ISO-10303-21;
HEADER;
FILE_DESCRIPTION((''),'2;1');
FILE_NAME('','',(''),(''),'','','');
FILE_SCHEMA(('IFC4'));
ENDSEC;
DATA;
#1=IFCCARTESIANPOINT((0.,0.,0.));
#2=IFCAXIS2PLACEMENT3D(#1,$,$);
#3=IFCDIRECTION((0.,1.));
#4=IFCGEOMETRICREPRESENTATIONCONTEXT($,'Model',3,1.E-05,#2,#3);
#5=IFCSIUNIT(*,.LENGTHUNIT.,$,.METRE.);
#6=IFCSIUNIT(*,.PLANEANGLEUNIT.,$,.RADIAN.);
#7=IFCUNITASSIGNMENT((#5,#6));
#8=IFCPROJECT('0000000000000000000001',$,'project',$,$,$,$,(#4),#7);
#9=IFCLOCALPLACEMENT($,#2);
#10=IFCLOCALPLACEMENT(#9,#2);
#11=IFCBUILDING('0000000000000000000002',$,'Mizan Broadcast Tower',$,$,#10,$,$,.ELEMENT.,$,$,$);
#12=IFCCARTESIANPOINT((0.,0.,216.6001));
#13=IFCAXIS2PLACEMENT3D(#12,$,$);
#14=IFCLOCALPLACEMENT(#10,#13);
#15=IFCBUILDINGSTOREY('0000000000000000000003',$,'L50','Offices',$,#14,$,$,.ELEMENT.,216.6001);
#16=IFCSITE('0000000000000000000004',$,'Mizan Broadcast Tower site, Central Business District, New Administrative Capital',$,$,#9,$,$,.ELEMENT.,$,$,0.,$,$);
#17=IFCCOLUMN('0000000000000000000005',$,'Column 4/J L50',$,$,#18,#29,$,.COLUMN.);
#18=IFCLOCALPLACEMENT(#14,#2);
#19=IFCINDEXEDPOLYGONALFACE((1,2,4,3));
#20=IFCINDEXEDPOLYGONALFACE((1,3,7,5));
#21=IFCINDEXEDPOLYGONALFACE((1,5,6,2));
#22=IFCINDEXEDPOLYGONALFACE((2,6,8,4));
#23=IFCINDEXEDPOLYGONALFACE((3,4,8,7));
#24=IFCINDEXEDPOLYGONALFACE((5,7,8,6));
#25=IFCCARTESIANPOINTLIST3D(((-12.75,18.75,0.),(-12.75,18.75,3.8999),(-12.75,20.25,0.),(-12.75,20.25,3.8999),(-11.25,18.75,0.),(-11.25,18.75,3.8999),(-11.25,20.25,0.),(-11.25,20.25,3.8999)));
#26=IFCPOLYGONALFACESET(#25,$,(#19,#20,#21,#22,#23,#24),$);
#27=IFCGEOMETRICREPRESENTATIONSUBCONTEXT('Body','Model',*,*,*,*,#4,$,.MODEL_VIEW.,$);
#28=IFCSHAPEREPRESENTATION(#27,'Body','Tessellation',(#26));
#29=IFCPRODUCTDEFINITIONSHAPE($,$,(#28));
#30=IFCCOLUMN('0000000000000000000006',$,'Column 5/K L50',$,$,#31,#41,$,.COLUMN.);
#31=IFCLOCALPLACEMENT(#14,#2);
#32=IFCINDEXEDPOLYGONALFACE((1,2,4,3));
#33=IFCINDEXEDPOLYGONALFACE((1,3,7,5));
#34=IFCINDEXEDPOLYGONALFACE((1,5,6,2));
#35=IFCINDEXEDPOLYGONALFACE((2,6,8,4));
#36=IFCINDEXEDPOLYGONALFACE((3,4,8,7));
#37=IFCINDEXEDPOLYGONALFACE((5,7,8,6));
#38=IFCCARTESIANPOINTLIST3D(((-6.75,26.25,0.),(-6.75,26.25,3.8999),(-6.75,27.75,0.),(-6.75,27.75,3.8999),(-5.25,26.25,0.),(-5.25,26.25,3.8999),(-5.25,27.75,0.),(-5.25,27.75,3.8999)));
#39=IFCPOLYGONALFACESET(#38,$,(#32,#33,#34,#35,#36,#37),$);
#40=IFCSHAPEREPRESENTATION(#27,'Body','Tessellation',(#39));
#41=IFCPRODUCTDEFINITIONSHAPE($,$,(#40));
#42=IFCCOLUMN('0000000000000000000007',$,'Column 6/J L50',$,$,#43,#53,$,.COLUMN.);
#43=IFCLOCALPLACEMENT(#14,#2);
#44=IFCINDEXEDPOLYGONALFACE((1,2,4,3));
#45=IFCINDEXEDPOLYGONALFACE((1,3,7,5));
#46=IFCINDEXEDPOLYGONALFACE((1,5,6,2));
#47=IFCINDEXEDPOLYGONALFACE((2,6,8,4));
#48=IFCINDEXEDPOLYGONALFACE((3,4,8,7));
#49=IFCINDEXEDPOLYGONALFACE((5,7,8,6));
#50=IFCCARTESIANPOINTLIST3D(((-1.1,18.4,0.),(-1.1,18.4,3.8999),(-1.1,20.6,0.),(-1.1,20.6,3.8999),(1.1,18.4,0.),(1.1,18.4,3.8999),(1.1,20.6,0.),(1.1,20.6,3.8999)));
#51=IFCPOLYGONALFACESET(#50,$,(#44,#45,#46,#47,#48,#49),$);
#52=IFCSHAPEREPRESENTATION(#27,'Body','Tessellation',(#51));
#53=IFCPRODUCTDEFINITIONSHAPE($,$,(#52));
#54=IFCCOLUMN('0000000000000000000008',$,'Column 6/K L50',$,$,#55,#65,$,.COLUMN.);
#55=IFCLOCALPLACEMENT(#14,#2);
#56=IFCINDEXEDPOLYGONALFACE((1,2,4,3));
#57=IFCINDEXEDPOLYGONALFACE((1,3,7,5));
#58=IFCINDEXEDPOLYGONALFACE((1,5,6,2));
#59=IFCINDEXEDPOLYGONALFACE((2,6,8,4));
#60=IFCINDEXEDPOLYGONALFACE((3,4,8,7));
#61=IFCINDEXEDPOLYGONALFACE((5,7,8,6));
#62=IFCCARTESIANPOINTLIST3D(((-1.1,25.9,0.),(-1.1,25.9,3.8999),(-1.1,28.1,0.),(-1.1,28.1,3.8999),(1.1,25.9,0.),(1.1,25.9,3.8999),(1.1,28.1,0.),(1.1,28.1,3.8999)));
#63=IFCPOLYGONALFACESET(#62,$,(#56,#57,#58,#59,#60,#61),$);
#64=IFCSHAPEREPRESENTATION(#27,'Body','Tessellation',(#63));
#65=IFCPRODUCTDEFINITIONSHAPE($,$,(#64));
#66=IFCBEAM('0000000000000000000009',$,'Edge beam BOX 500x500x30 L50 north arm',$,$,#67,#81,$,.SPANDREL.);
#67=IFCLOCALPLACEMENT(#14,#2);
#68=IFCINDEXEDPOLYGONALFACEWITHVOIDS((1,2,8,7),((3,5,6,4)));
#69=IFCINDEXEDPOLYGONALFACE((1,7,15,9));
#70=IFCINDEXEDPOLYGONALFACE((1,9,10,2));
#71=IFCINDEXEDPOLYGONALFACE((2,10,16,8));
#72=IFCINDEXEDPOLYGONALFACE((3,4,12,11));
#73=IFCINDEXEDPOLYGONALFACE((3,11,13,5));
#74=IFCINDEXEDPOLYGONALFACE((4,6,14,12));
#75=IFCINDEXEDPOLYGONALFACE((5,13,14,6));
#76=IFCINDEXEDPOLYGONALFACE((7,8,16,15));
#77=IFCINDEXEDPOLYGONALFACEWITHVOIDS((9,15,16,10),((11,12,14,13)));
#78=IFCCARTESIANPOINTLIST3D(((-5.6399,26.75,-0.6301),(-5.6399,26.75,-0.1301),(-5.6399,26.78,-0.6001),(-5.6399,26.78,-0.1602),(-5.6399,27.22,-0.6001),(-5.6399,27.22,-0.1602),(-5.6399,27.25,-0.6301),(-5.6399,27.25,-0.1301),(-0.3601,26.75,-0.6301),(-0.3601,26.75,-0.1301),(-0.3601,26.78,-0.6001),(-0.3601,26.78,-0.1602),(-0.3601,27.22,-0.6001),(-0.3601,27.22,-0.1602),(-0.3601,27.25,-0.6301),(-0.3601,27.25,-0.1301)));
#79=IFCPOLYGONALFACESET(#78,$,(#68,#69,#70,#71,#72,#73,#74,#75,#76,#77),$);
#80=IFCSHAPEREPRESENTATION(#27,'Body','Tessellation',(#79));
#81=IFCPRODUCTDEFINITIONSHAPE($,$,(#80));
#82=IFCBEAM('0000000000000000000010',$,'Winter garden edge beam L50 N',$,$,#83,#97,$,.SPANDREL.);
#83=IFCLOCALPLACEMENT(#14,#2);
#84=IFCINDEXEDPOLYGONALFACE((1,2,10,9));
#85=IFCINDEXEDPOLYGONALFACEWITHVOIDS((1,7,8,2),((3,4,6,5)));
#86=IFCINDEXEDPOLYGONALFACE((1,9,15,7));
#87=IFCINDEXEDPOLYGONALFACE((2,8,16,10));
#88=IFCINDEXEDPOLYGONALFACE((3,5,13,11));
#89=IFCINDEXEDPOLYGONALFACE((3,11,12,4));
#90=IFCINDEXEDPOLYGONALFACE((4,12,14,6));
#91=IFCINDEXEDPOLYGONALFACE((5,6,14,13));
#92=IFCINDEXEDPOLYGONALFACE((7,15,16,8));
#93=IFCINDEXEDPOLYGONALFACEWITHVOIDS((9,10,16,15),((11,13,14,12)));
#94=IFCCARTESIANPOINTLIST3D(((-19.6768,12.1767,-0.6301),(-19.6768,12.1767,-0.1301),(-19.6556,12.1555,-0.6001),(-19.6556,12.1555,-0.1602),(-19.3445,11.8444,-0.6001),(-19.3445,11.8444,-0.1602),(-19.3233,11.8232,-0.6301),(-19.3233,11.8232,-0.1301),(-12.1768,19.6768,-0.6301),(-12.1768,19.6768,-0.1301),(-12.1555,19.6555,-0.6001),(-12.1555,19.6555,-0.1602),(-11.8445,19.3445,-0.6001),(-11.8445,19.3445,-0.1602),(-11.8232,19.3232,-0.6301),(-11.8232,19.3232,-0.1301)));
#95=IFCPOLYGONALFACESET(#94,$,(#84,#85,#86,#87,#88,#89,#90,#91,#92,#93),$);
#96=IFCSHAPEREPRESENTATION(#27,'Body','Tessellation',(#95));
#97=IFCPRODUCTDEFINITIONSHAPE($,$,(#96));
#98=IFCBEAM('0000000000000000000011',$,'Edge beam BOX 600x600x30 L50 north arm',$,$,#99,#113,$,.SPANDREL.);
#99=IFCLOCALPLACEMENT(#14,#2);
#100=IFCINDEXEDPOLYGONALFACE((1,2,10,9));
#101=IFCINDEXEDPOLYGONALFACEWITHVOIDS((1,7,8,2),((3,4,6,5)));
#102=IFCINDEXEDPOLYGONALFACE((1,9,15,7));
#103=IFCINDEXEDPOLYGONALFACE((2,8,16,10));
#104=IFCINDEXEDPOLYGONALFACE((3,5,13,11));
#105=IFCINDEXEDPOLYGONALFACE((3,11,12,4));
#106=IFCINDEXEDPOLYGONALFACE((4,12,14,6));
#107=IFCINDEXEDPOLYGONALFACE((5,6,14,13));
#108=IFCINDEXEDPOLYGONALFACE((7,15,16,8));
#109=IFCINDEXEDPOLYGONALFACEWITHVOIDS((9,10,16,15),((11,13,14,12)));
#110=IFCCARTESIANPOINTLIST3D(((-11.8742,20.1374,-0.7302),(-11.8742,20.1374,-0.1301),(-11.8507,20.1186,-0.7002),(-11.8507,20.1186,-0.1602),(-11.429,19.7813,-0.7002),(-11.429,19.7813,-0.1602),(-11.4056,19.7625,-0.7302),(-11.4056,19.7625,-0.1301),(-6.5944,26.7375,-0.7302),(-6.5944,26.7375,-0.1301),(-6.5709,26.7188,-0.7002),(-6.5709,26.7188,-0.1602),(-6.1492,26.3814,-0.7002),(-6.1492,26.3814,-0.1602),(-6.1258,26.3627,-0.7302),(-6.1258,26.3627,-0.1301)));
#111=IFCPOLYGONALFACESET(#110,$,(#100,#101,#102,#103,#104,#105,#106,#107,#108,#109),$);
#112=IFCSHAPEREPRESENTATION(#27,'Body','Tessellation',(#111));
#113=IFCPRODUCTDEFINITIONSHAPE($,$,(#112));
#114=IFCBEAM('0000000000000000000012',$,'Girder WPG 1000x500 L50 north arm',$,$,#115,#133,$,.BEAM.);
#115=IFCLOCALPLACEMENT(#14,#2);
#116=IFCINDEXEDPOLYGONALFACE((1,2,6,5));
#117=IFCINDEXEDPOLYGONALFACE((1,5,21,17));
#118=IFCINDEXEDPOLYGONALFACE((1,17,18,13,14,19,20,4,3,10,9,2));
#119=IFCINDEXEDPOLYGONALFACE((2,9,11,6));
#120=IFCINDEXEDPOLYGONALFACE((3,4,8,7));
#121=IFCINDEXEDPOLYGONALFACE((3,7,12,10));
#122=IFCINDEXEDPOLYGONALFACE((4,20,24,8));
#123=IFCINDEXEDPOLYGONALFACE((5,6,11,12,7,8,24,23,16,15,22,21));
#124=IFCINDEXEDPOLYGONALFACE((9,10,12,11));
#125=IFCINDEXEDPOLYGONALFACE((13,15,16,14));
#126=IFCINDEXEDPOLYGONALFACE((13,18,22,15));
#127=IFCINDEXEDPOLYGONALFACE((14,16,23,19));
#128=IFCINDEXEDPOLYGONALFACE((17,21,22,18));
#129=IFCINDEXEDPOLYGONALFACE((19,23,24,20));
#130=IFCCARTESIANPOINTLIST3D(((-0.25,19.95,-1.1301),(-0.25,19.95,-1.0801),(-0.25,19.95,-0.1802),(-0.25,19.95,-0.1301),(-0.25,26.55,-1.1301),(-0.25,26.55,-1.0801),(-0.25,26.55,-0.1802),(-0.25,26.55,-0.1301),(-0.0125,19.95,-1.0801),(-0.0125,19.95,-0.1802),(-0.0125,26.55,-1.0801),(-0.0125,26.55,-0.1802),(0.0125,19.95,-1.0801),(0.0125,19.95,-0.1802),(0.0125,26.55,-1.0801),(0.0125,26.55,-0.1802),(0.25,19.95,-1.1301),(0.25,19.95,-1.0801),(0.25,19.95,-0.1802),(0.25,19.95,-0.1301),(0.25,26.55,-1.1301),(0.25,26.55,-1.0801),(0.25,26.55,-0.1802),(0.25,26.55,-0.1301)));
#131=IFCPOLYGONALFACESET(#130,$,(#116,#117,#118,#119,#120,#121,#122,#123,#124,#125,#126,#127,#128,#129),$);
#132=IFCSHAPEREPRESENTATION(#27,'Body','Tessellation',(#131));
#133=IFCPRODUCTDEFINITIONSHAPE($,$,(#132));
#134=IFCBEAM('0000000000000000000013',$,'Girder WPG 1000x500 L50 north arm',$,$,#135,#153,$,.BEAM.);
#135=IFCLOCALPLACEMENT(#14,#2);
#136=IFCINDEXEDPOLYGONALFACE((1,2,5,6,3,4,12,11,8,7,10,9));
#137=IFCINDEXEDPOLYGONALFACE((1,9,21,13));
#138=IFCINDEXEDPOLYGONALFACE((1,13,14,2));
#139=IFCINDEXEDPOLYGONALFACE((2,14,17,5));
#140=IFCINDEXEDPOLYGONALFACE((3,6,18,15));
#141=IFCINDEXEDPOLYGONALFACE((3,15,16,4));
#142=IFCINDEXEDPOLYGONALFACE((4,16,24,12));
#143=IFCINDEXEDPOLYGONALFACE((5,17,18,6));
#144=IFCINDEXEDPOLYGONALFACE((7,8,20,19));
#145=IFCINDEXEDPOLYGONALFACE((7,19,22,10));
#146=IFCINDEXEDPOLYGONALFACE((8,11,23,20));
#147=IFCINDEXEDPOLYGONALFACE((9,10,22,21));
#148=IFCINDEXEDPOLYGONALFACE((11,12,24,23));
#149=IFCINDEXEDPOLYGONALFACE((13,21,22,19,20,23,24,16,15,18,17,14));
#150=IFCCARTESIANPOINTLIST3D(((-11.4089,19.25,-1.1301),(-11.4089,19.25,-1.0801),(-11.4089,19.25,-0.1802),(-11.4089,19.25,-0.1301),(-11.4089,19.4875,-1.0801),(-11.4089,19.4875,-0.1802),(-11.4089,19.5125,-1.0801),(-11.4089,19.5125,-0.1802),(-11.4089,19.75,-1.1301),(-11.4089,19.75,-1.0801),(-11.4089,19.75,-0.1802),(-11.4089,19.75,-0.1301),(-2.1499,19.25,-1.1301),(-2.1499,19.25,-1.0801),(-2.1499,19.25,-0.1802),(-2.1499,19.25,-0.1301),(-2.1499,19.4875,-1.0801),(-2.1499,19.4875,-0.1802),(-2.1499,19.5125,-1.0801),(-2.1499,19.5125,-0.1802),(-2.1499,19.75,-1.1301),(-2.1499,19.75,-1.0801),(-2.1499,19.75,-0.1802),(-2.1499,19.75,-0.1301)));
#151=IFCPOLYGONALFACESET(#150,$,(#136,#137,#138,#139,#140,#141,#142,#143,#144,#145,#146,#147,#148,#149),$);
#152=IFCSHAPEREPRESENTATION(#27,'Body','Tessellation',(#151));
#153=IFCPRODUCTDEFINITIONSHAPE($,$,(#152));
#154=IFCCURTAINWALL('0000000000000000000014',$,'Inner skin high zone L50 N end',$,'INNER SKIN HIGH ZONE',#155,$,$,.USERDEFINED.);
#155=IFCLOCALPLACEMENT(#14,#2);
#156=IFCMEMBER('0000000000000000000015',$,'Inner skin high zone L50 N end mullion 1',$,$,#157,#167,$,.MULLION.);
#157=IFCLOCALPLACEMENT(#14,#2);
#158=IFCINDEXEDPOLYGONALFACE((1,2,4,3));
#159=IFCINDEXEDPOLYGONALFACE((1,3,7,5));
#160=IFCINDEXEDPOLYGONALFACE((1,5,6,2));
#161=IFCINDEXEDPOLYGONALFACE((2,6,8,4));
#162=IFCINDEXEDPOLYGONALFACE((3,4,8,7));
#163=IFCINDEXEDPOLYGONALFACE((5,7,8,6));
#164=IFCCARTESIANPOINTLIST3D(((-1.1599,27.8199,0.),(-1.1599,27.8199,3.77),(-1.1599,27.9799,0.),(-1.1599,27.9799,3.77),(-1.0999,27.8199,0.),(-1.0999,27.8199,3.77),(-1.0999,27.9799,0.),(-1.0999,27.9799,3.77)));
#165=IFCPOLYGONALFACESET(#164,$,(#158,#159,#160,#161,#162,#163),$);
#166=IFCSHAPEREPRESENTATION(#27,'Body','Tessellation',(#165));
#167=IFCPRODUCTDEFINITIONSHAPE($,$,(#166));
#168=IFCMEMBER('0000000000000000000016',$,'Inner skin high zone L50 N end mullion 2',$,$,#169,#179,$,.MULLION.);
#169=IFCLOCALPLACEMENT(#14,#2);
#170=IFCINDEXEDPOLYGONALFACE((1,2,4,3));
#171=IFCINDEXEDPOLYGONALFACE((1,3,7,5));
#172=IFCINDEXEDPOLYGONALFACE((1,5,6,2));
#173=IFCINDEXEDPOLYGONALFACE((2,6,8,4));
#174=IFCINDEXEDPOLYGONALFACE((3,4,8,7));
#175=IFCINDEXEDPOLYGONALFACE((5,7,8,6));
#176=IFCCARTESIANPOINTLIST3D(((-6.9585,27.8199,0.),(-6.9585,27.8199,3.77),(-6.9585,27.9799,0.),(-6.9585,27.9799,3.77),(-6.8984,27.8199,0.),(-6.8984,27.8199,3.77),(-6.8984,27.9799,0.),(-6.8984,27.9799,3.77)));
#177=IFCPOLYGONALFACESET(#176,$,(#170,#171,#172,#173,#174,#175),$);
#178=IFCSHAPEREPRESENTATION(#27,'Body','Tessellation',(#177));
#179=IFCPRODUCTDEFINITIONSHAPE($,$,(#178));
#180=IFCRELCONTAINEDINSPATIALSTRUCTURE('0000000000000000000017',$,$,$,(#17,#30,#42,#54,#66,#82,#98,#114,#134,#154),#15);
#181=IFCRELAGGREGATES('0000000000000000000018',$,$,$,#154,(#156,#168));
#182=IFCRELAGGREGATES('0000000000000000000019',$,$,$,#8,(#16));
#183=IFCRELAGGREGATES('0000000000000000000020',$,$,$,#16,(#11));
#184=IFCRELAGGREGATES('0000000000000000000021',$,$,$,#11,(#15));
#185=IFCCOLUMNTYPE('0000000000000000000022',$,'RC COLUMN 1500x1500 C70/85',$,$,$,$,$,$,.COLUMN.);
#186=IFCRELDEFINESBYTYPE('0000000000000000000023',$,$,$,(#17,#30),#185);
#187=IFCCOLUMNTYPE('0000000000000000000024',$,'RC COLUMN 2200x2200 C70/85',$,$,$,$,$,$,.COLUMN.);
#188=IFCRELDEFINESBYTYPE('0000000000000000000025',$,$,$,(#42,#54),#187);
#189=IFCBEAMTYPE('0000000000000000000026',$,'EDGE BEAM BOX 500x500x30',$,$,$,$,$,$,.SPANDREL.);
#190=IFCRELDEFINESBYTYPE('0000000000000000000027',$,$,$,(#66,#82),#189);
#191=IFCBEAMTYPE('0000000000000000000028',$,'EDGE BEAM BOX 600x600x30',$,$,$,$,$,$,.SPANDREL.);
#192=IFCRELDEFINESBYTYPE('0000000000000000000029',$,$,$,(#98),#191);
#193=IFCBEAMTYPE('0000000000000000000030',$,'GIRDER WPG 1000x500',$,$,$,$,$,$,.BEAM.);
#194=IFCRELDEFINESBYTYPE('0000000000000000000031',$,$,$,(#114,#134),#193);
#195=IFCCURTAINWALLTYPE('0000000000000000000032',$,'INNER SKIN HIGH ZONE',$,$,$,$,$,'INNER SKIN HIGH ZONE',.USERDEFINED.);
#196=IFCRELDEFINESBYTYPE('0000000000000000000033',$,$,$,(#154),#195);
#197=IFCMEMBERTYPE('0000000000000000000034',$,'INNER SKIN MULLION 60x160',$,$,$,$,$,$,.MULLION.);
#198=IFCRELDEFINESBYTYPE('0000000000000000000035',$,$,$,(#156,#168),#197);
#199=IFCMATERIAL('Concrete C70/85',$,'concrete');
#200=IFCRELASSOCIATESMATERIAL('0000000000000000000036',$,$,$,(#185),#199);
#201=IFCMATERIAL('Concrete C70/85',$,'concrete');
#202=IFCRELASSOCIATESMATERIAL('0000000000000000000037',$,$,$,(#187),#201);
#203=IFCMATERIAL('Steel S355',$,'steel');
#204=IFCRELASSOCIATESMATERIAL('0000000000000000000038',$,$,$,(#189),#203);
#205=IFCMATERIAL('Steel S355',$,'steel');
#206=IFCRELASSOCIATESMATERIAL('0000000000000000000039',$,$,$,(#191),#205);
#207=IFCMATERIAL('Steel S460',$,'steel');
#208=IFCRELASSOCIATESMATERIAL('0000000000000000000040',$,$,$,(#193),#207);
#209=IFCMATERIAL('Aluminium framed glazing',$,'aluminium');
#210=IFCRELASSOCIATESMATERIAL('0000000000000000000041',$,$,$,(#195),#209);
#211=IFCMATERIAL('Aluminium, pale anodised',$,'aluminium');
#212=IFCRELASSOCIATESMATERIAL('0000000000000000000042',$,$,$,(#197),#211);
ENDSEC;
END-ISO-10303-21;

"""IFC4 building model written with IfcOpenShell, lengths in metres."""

from ifc_helpers import new_model, si_unit, direction, frame, origin, origin_2d, place, context, subcontext, project, spatial, rectangle, hollow_rectangle, i_section, extrude, material, material_profile, profile_set, type_object, element, aggregate, save


model = new_model("IFC4")

# Units and contexts
model_context = context("Model", 3, precision=1e-05, world=origin(), true_north=direction((0.0, 1.0)))
body_context = subcontext(model_context, "Body", "Model", "MODEL_VIEW")
ifc_project = project(units=[si_unit("LENGTHUNIT", "METRE"), si_unit("PLANEANGLEUNIT", "RADIAN")], contexts=[model_context])

# Site, building, storey
site_placement = place(None, origin())
site = spatial("IfcSite", under=ifc_project, at=site_placement, Name="Mizan Broadcast Tower site, Central Business District, New Administrative Capital", CompositionType="ELEMENT", RefElevation=0.0)
building_placement = place(site_placement, origin())
building = spatial("IfcBuilding", under=site, at=building_placement, Name="Mizan Broadcast Tower", CompositionType="ELEMENT")
storey_placement = place(building_placement, frame((0.0, 0.0, 216.6001)))
storey = spatial("IfcBuildingStorey", under=building, at=storey_placement, Name="L50", Description="Offices", CompositionType="ELEMENT", Elevation=216.6001)

# Columns
ifc_material_1 = material(Name="Concrete C70/85", Category="concrete")
ifc_material_profile_1 = material_profile(ifc_material_1, rectangle(XDim=1.5, YDim=1.5, at=origin_2d()), Name="RC 1500x1500")
ifc_profile_set_1 = profile_set([ifc_material_profile_1], Name="Concrete C70/85")
column_type_1 = type_object("IfcColumnType", Name="RC COLUMN 1500x1500 C70/85", PredefinedType="COLUMN", material=ifc_profile_set_1)
for number, where, z_axis, x_axis, name in (
    (1, (-12.0, 19.5, 0.0), (0.0, 0.0, 1.0), (1.0, 0.0, 0.0), "Column 4/J L50"),
    (2, (-6.0, 27.0, 0.0), (0.0, 0.0, 1.0), (1.0, 0.0, 0.0), "Column 5/K L50"),
):
    element("IfcColumn", number, at=place(storey_placement, frame(where, z_axis=z_axis, x_axis=x_axis)), inside=storey, type_object=column_type_1, Name=name, PredefinedType="COLUMN", context=body_context, shape_type="SweptSolid", body=[
        extrude(rectangle(XDim=1.5, YDim=1.5, at=origin_2d()), origin(), (0.0, 0.0, 1.0), 3.8999),
    ])
ifc_material_2 = material(Name="Concrete C70/85", Category="concrete")
ifc_material_profile_2 = material_profile(ifc_material_2, rectangle(XDim=2.2, YDim=2.2, at=origin_2d()), Name="RC 2200x2200")
ifc_profile_set_2 = profile_set([ifc_material_profile_2], Name="Concrete C70/85")
column_type_2 = type_object("IfcColumnType", Name="RC COLUMN 2200x2200 C70/85", PredefinedType="COLUMN", material=ifc_profile_set_2)
for number, where, z_axis, x_axis, name in (
    (3, (0.0, 19.5, 0.0), (0.0, 0.0, 1.0), (1.0, 0.0, 0.0), "Column 6/J L50"),
    (4, (0.0, 27.0, 0.0), (0.0, 0.0, 1.0), (1.0, 0.0, 0.0), "Column 6/K L50"),
):
    element("IfcColumn", number, at=place(storey_placement, frame(where, z_axis=z_axis, x_axis=x_axis)), inside=storey, type_object=column_type_2, Name=name, PredefinedType="COLUMN", context=body_context, shape_type="SweptSolid", body=[
        extrude(rectangle(XDim=2.2, YDim=2.2, at=origin_2d()), origin(), (0.0, 0.0, 1.0), 3.8999),
    ])

# Beams
ifc_material_3 = material(Name="Steel S355", Category="steel")
ifc_material_profile_3 = material_profile(ifc_material_3, hollow_rectangle(XDim=0.5, YDim=0.5, WallThickness=0.03, at=origin_2d()), Name="BOX 500x500x30")
ifc_profile_set_3 = profile_set([ifc_material_profile_3], Name="Steel S355")
beam_type_1 = type_object("IfcBeamType", Name="EDGE BEAM BOX 500x500x30", PredefinedType="SPANDREL", material=ifc_profile_set_3)
beam_1_placement = place(storey_placement, frame((-5.6399, 27.0, -0.3801), z_axis=(1.0, 0.0, 0.0), x_axis=(0.0, 1.0, 0.0)))
element("IfcBeam", 5, at=beam_1_placement, inside=storey, type_object=beam_type_1, Name="Edge beam BOX 500x500x30 L50 north arm", PredefinedType="SPANDREL", context=body_context, shape_type="SweptSolid", body=[
    extrude(hollow_rectangle(XDim=0.5, YDim=0.5, WallThickness=0.03, at=origin_2d()), origin(), (0.0, 0.0, 1.0), 5.2798),
])
beam_2_placement = place(storey_placement, frame((-12.0, 19.5, -0.3801), z_axis=(-0.707107, -0.707107, 0.0), x_axis=(0.707107, -0.707107, 0.0)))
element("IfcBeam", 6, at=beam_2_placement, inside=storey, type_object=beam_type_1, Name="Winter garden edge beam L50 N", PredefinedType="SPANDREL", context=body_context, shape_type="SweptSolid", body=[
    extrude(hollow_rectangle(XDim=0.5, YDim=0.5, WallThickness=0.03, at=origin_2d()), origin(), (0.0, 0.0, 1.0), 10.6067),
])
ifc_material_4 = material(Name="Steel S355", Category="steel")
ifc_material_profile_4 = material_profile(ifc_material_4, hollow_rectangle(XDim=0.6001, YDim=0.6001, WallThickness=0.03, at=origin_2d()), Name="BOX 600x600x30")
ifc_profile_set_4 = profile_set([ifc_material_profile_4], Name="Steel S355")
beam_type_2 = type_object("IfcBeamType", Name="EDGE BEAM BOX 600x600x30", PredefinedType="SPANDREL", material=ifc_profile_set_4)
beam_3_placement = place(storey_placement, frame((-11.6399, 19.95, -0.4302), z_axis=(0.624674, 0.780886, 0.0), x_axis=(-0.780886, 0.624674, 0.0)))
element("IfcBeam", 7, at=beam_3_placement, inside=storey, type_object=beam_type_2, Name="Edge beam BOX 600x600x30 L50 north arm", PredefinedType="SPANDREL", context=body_context, shape_type="SweptSolid", body=[
    extrude(hollow_rectangle(XDim=0.6001, YDim=0.6001, WallThickness=0.03, at=origin_2d()), origin(), (0.0, 0.0, 1.0), 8.4521),
])
ifc_material_5 = material(Name="Steel S460", Category="steel")
ifc_material_profile_5 = material_profile(ifc_material_5, i_section(OverallWidth=0.5, OverallDepth=1.0, WebThickness=0.0249, FlangeThickness=0.05, at=origin_2d()), Name="WPG 1000x500")
ifc_profile_set_5 = profile_set([ifc_material_profile_5], Name="Steel S460")
beam_type_3 = type_object("IfcBeamType", Name="GIRDER WPG 1000x500", PredefinedType="BEAM", material=ifc_profile_set_5)
beam_4_placement = place(storey_placement, frame((0.0, 19.95, -0.6301), z_axis=(0.0, 1.0, 0.0), x_axis=(-1.0, 0.0, 0.0)))
element("IfcBeam", 8, at=beam_4_placement, inside=storey, type_object=beam_type_3, Name="Girder WPG 1000x500 L50 north arm", PredefinedType="BEAM", context=body_context, shape_type="SweptSolid", body=[
    extrude(i_section(OverallWidth=0.5, OverallDepth=1.0, WebThickness=0.0249, FlangeThickness=0.05, at=origin_2d()), origin(), (0.0, 0.0, 1.0), 6.6001),
])
beam_5_placement = place(storey_placement, frame((-11.4089, 19.5, -0.6301), z_axis=(1.0, 0.0, 0.0), x_axis=(0.0, 1.0, 0.0)))
element("IfcBeam", 9, at=beam_5_placement, inside=storey, type_object=beam_type_3, Name="Girder WPG 1000x500 L50 north arm", PredefinedType="BEAM", context=body_context, shape_type="SweptSolid", body=[
    extrude(i_section(OverallWidth=0.5, OverallDepth=1.0, WebThickness=0.0249, FlangeThickness=0.05, at=origin_2d()), origin(), (0.0, 0.0, 1.0), 9.259),
])

# Curtain wall, members
ifc_material_6 = material(Name="Aluminium framed glazing", Category="aluminium")
curtain_wall_type_1 = type_object("IfcCurtainWallType", Name="INNER SKIN HIGH ZONE", ElementType="INNER SKIN HIGH ZONE", PredefinedType="USERDEFINED", material=ifc_material_6)
curtain_wall_1_placement = place(storey_placement, origin())
curtain_wall_1 = element("IfcCurtainWall", 10, at=curtain_wall_1_placement, inside=storey, type_object=curtain_wall_type_1, Name="Inner skin high zone L50 N end", ObjectType="INNER SKIN HIGH ZONE", PredefinedType="USERDEFINED")
ifc_material_7 = material(Name="Aluminium, pale anodised", Category="aluminium")
ifc_material_profile_6 = material_profile(ifc_material_7, rectangle(XDim=0.1599, YDim=0.0601, at=origin_2d()), Name="MULLION 160x60")
ifc_profile_set_6 = profile_set([ifc_material_profile_6], Name="Aluminium, pale anodised")
member_type_1 = type_object("IfcMemberType", Name="INNER SKIN MULLION 60x160", PredefinedType="MULLION", material=ifc_profile_set_6)
member_1_placement = place(storey_placement, frame((-1.1299, 27.8999, 0.0), z_axis=(0.0, 0.0, 1.0), x_axis=(0.0, -1.0, 0.0)))
member_1 = element("IfcMember", 11, at=member_1_placement, type_object=member_type_1, Name="Inner skin high zone L50 N end mullion 1", PredefinedType="MULLION", context=body_context, shape_type="SweptSolid", body=[
    extrude(rectangle(XDim=0.1599, YDim=0.0601, at=origin_2d()), origin(), (0.0, 0.0, 1.0), 3.77),
])
member_2_placement = place(storey_placement, frame((-6.9285, 27.8999, 0.0), z_axis=(0.0, 0.0, 1.0), x_axis=(0.0, -1.0, 0.0)))
member_2 = element("IfcMember", 12, at=member_2_placement, type_object=member_type_1, Name="Inner skin high zone L50 N end mullion 2", PredefinedType="MULLION", context=body_context, shape_type="SweptSolid", body=[
    extrude(rectangle(XDim=0.1599, YDim=0.0601, at=origin_2d()), origin(), (0.0, 0.0, 1.0), 3.77),
])

aggregate(curtain_wall_1, [member_1, member_2])

save(model, "model.ifc")
